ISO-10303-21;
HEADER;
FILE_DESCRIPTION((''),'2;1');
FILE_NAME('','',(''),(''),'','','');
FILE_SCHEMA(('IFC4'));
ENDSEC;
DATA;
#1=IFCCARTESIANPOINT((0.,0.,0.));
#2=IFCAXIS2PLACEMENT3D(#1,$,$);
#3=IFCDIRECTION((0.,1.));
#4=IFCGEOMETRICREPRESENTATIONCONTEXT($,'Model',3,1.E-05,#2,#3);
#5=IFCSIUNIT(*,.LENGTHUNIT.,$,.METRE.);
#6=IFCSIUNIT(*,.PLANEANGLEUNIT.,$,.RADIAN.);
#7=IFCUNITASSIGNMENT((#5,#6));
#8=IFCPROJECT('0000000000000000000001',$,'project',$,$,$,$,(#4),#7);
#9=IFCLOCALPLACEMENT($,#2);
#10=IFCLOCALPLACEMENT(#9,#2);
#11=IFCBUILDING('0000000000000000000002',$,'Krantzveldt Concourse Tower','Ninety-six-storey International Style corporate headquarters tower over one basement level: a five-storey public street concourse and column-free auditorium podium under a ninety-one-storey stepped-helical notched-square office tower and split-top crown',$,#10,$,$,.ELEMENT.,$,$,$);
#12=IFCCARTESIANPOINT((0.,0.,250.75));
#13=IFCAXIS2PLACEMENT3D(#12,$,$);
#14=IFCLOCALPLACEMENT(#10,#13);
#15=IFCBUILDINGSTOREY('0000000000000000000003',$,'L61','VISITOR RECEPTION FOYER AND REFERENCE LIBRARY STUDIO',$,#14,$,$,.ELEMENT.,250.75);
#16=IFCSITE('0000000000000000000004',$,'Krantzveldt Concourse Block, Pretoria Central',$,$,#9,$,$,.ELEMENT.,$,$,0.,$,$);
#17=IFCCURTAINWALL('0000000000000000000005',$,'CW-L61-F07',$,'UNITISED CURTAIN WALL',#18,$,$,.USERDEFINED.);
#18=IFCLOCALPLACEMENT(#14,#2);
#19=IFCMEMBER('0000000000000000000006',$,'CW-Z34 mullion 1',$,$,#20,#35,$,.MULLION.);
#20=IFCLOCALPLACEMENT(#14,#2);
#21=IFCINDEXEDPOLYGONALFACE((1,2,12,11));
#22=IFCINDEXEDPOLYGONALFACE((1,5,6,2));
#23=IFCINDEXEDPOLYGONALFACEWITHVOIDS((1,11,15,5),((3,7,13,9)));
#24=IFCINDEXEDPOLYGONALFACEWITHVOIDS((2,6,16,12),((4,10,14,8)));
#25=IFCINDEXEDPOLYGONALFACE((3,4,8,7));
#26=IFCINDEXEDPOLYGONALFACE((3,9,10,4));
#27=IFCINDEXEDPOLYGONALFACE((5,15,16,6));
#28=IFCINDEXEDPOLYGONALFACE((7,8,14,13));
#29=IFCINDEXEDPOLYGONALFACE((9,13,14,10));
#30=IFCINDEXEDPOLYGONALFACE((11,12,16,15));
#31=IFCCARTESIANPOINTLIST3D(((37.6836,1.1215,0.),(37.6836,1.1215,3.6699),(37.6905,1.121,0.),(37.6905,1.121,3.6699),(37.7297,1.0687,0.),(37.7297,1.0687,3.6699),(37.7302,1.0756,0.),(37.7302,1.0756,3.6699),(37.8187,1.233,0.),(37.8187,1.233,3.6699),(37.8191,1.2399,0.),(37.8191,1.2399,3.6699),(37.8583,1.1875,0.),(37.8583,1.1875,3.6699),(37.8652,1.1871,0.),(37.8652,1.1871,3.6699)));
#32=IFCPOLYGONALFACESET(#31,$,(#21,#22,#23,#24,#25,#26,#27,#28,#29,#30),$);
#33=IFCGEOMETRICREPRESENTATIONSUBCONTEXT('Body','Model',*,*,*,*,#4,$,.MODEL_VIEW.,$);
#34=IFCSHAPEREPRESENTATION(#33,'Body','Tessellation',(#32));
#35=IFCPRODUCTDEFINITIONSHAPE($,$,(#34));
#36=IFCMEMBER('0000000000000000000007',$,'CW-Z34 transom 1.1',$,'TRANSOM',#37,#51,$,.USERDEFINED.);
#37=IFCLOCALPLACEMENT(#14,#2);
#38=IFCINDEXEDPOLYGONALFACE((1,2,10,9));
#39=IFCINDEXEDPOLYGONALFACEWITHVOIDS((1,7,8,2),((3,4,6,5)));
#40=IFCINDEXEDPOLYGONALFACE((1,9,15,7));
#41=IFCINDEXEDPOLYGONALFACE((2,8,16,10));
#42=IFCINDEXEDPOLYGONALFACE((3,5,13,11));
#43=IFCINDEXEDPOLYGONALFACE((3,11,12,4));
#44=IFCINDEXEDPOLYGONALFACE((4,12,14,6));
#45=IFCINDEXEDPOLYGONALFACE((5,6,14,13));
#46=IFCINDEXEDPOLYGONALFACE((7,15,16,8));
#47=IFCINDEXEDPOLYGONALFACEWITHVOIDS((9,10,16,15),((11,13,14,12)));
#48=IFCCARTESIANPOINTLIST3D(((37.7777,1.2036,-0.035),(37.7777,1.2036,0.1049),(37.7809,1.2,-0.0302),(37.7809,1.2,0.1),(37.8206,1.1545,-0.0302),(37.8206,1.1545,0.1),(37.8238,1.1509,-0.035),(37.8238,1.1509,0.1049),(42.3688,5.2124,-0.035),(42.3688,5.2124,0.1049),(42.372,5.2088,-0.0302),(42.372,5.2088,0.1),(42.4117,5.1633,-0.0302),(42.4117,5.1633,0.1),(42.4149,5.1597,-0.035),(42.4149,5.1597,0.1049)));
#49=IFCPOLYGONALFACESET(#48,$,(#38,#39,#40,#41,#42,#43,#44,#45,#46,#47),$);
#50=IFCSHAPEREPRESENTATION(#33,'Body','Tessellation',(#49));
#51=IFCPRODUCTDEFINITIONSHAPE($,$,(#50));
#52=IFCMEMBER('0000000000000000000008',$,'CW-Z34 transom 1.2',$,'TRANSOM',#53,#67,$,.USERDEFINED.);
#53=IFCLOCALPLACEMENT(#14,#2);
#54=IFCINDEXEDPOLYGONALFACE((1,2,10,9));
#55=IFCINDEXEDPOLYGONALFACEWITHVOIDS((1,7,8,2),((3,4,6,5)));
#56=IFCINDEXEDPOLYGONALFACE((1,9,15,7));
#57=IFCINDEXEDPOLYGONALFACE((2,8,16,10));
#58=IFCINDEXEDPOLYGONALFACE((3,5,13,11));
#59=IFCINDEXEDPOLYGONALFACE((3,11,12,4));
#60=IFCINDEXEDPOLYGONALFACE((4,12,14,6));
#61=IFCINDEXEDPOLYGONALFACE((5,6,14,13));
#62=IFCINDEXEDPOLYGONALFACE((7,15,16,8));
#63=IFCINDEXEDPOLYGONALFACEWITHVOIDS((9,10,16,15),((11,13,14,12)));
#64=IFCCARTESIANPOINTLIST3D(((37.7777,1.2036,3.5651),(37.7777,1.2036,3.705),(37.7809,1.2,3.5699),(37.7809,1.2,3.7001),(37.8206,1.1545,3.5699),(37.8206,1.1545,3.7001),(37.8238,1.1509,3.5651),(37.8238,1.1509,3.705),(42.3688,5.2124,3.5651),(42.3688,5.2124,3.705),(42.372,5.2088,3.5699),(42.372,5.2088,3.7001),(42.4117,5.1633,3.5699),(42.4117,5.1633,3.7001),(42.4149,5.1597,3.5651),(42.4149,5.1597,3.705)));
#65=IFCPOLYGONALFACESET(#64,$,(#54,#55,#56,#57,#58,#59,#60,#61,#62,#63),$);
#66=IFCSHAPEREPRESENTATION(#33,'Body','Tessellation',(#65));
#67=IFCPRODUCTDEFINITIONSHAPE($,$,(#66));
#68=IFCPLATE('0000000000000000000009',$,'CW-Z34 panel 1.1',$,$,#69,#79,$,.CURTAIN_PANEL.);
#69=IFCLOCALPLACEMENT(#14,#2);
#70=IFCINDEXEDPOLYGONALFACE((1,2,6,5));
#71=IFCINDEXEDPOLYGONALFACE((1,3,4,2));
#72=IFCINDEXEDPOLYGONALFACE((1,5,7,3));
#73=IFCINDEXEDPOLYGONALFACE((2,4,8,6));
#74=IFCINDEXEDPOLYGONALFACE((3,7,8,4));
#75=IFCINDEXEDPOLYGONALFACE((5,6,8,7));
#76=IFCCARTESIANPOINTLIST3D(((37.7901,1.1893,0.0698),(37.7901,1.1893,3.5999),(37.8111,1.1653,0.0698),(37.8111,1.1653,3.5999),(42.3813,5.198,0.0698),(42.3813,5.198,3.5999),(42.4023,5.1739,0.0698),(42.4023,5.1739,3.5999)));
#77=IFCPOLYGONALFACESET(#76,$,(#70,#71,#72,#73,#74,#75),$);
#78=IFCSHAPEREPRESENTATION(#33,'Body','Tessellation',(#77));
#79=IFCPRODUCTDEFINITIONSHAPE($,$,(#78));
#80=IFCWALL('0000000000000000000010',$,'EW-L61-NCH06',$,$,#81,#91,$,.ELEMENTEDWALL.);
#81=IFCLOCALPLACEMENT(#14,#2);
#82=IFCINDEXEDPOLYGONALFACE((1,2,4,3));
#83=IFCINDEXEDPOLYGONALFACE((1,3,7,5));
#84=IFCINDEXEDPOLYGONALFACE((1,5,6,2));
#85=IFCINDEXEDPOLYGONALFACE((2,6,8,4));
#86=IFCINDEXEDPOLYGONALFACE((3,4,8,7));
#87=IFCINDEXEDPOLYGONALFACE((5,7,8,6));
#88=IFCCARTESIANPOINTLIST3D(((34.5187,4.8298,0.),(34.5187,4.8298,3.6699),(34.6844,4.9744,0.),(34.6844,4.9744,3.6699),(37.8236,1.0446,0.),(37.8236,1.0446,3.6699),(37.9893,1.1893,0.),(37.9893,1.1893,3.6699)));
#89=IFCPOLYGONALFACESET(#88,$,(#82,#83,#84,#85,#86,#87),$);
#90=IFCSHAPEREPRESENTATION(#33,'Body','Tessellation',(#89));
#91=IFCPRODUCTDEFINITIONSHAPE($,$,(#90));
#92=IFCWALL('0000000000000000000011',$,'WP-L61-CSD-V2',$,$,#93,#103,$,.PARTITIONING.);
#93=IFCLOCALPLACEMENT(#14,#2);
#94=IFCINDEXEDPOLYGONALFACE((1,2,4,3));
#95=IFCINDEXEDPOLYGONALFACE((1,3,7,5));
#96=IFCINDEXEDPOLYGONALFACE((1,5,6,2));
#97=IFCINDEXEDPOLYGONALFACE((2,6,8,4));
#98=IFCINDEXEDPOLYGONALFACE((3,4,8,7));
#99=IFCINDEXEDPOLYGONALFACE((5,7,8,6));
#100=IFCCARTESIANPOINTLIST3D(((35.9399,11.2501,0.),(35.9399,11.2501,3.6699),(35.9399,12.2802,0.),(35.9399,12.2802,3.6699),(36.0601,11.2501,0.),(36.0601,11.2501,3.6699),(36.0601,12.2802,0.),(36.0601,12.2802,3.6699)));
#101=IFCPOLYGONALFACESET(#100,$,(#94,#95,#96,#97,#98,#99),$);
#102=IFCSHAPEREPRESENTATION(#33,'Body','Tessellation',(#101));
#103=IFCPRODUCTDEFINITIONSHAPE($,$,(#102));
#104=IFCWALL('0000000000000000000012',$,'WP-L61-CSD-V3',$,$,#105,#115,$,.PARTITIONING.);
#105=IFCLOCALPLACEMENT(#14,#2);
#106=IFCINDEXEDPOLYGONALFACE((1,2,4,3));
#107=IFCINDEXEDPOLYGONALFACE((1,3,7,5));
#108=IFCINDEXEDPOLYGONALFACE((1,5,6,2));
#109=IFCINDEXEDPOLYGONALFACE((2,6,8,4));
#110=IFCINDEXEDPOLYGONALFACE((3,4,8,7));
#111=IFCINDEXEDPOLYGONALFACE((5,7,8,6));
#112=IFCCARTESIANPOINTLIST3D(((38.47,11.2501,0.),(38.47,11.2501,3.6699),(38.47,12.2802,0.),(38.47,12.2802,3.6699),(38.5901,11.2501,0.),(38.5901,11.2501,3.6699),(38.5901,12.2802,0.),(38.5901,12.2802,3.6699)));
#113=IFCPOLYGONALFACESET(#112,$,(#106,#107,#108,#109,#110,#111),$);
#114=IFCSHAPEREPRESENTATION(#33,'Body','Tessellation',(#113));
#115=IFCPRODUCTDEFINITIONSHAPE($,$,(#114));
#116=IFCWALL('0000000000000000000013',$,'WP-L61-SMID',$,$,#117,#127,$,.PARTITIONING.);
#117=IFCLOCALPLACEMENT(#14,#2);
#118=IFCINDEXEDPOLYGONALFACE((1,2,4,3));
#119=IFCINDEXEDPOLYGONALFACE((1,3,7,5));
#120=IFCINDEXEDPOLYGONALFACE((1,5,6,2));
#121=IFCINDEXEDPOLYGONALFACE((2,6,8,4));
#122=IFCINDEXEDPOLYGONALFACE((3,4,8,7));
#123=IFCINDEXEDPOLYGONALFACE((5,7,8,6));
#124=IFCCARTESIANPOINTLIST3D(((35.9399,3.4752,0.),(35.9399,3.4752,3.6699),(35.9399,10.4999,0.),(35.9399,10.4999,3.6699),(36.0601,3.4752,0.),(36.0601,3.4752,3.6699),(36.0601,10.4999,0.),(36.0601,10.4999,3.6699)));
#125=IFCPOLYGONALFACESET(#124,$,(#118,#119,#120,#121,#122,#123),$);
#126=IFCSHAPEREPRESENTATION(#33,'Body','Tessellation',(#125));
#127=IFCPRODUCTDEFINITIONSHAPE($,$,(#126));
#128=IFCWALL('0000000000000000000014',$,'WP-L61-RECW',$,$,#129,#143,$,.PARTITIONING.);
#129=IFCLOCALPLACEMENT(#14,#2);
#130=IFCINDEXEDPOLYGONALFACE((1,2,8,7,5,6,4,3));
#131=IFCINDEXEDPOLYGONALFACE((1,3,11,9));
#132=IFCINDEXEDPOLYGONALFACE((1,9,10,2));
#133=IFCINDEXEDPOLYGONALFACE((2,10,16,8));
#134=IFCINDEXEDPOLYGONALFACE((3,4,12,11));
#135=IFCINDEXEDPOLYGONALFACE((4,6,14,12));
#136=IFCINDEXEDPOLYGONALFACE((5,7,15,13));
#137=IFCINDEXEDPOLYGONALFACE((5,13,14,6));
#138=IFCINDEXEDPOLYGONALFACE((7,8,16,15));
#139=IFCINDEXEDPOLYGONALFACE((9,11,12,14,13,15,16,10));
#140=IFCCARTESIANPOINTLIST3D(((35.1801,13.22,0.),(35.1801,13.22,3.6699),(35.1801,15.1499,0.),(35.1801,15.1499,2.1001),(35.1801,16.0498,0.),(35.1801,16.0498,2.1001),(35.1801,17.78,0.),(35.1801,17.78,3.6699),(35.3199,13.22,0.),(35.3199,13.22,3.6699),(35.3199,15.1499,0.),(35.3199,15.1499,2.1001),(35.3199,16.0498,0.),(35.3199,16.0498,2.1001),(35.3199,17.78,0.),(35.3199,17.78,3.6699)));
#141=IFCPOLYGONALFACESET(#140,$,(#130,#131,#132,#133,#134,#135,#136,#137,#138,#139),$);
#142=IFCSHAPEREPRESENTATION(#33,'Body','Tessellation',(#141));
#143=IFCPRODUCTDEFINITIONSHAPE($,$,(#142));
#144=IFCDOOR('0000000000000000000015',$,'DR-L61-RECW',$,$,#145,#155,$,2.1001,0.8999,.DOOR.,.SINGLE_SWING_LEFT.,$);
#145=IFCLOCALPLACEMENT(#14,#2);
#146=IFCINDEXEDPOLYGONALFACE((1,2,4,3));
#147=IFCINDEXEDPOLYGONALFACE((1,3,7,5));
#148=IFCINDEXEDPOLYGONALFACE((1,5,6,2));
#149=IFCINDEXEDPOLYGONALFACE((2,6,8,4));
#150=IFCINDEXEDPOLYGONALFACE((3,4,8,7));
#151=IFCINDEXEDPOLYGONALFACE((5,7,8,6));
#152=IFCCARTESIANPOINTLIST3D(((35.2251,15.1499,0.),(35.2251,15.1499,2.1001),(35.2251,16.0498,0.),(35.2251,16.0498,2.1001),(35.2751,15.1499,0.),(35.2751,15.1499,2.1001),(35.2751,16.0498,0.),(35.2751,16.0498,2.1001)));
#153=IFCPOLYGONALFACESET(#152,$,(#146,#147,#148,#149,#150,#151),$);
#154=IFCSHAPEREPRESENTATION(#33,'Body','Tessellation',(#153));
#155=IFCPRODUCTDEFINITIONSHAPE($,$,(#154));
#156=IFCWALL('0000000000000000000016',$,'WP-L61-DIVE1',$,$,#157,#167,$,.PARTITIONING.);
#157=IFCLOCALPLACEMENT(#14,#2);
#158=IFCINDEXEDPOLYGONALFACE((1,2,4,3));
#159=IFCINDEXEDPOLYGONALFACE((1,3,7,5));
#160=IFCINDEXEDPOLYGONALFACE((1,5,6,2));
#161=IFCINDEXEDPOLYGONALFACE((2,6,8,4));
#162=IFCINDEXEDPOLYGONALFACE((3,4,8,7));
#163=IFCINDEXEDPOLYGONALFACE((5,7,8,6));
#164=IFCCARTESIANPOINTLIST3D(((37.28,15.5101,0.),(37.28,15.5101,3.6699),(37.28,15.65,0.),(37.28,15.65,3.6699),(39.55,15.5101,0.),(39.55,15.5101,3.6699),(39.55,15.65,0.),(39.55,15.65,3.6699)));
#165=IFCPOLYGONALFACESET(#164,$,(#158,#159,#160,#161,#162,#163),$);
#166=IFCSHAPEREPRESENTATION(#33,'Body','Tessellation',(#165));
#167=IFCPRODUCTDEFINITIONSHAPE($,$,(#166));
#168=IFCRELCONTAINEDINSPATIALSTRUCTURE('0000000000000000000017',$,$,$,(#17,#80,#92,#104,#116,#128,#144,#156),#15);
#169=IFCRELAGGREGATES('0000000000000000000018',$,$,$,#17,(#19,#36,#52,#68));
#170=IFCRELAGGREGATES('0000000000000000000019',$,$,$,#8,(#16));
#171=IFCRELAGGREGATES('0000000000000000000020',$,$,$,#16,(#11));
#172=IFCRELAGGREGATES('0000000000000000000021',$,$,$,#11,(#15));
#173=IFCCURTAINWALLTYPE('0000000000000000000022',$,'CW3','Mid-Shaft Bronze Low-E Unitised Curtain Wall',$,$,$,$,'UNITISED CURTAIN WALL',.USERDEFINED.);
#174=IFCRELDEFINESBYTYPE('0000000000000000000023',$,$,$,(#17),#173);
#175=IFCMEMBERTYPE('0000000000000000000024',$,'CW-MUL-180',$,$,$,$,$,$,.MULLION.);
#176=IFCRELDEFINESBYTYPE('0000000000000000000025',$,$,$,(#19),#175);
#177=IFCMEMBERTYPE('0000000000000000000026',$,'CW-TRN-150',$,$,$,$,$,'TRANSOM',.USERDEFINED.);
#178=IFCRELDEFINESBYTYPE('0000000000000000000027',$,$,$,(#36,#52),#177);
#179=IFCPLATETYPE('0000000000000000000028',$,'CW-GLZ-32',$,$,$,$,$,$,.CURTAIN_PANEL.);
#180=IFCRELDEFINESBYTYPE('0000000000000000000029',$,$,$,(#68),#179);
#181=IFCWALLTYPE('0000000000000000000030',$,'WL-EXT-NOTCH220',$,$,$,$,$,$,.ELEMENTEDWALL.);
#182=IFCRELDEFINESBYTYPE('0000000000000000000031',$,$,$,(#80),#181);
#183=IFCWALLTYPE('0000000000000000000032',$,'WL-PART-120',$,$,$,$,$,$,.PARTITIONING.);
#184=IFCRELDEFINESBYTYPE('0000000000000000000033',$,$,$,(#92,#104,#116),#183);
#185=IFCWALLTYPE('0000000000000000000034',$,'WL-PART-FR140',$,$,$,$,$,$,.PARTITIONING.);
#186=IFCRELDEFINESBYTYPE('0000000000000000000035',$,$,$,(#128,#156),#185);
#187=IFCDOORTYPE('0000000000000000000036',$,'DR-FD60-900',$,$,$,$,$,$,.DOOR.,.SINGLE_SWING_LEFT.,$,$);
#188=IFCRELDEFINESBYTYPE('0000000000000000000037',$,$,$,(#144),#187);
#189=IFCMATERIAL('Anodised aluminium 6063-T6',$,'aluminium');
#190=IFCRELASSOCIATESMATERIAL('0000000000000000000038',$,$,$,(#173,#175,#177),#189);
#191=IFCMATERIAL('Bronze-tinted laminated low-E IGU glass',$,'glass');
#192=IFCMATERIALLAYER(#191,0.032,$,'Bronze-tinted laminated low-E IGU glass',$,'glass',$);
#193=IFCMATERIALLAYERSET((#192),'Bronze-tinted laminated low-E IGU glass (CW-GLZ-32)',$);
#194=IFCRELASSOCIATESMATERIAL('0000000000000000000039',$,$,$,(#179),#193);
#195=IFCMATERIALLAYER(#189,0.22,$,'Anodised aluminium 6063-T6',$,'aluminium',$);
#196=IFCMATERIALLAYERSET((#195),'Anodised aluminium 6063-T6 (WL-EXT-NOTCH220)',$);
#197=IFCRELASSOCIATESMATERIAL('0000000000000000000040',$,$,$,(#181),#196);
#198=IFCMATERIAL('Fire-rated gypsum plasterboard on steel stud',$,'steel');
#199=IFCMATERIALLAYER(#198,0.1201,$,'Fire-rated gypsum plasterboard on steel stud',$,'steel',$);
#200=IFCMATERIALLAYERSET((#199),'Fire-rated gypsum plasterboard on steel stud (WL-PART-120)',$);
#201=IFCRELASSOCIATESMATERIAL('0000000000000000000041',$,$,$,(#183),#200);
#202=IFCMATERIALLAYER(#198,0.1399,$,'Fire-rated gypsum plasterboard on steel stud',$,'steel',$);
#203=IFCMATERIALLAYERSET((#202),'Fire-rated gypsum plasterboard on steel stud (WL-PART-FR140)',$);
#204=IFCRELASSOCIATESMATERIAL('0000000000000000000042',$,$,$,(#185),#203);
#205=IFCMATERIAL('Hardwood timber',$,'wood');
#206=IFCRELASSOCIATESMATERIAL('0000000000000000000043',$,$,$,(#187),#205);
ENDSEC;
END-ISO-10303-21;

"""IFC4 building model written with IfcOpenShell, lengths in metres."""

from ifc_helpers import new_model, si_unit, direction, frame, frame_2d, origin, origin_2d, place, context, subcontext, project, spatial, rectangle, hollow_rectangle, extrude, source, transform, mapped, material, layer, layer_set, material_profile, profile_set, type_object, type_shapes, element, fill, aggregate, save


model = new_model("IFC4")

# Units and contexts
model_context = context("Model", 3, precision=1e-05, world=origin(), true_north=direction((0.0, 1.0)))
body_context = subcontext(model_context, "Body", "Model", "MODEL_VIEW")
ifc_project = project(units=[si_unit("LENGTHUNIT", "METRE"), si_unit("PLANEANGLEUNIT", "RADIAN")], contexts=[model_context])

# Site, building, storey
site_placement = place(None, origin())
site = spatial("IfcSite", under=ifc_project, at=site_placement, Name="Krantzveldt Concourse Block, Pretoria Central", CompositionType="ELEMENT", RefElevation=0.0)
building_placement = place(site_placement, origin())
building = spatial("IfcBuilding", under=site, at=building_placement, Name="Krantzveldt Concourse Tower", Description="Ninety-six-storey International Style corporate headquarters tower over one basement level: a five-storey public street concourse and column-free auditorium podium under a ninety-one-storey stepped-helical notched-square office tower and split-top crown", CompositionType="ELEMENT")
storey_placement = place(building_placement, frame((0.0, 0.0, 250.75)))
storey = spatial("IfcBuildingStorey", under=building, at=storey_placement, Name="L61", Description="VISITOR RECEPTION FOYER AND REFERENCE LIBRARY STUDIO", CompositionType="ELEMENT", Elevation=250.75)

# Curtain wall, members, plate
ifc_material_1 = material(Name="Anodised aluminium 6063-T6", Category="aluminium")
curtain_wall_type = type_object("IfcCurtainWallType", Name="CW3", Description="Mid-Shaft Bronze Low-E Unitised Curtain Wall", ElementType="UNITISED CURTAIN WALL", PredefinedType="USERDEFINED", material=ifc_material_1)
curtain_wall_placement = place(storey_placement, origin())
curtain_wall = element("IfcCurtainWall", 1, at=curtain_wall_placement, inside=storey, type_object=curtain_wall_type, Name="CW-L61-F07", ObjectType="UNITISED CURTAIN WALL", PredefinedType="USERDEFINED")
ifc_material_profile_1 = material_profile(ifc_material_1, hollow_rectangle(XDim=0.0701, YDim=0.1799, WallThickness=0.0049, at=origin_2d()), Name="Anodised aluminium 6063-T6", Category="aluminium")
ifc_profile_set_1 = profile_set([ifc_material_profile_1], Name="Anodised aluminium 6063-T6 - ALU-MULL 180x70x5")
member_type_1 = type_object("IfcMemberType", Name="CW-MUL-180", PredefinedType="MULLION", material=ifc_profile_set_1)
shared_shape_1 = source(origin(), body_context, "Body", "SweptSolid", [
    extrude(hollow_rectangle(XDim=0.0701, YDim=0.1799, WallThickness=0.0049, at=origin_2d()), origin(), (0.0, 0.0, 1.0), 3.6699),
])
type_shapes(member_type_1, [shared_shape_1])
member_1_placement = place(storey_placement, frame((37.7744, 1.1543, 0.0), z_axis=(0.0, 0.0, 1.0), x_axis=(-0.657704, 0.753277, 0.0)))
member_1 = element("IfcMember", 2, at=member_1_placement, type_object=member_type_1, Name="CW-Z34 mullion 1", PredefinedType="MULLION", context=body_context, shape_type="MappedRepresentation", body=[
    mapped(shared_shape_1, transform((0.0, 0.0, 0.0), x_axis=(1.0, 0.0, 0.0), y_axis=(0.0, 1.0, 0.0), z_axis=(0.0, 0.0, 1.0), scale=1.0)),
])
ifc_material_profile_2 = material_profile(ifc_material_1, hollow_rectangle(XDim=0.0701, YDim=0.1399, WallThickness=0.0049, at=origin_2d()), Name="Anodised aluminium 6063-T6", Category="aluminium")
ifc_profile_set_2 = profile_set([ifc_material_profile_2], Name="Anodised aluminium 6063-T6 - ALU-TRAN 140x70x5")
member_type_2 = type_object("IfcMemberType", Name="CW-TRN-150", ElementType="TRANSOM", PredefinedType="USERDEFINED", material=ifc_profile_set_2)
shared_shape_2 = source(origin(), body_context, "Body", "SweptSolid", [
    extrude(hollow_rectangle(XDim=0.0701, YDim=0.1399, WallThickness=0.0049, at=origin_2d()), origin(), (0.0, 0.0, 1.0), 6.095),
])
type_shapes(member_type_2, [shared_shape_2])
member_2_placement = place(storey_placement, frame((37.8008, 1.1772, 0.0349), z_axis=(0.753259, 0.657724, 0.0), x_axis=(-0.657724, 0.753259, 0.0)))
member_2 = element("IfcMember", 3, at=member_2_placement, type_object=member_type_2, Name="CW-Z34 transom 1.1", ObjectType="TRANSOM", PredefinedType="USERDEFINED", context=body_context, shape_type="MappedRepresentation", body=[
    mapped(shared_shape_2, transform((0.0, 0.0, 0.0), x_axis=(1.0, 0.0, 0.0), y_axis=(0.0, 1.0, 0.0), z_axis=(0.0, 0.0, 1.0), scale=1.0)),
])
member_3_placement = place(storey_placement, frame((37.8008, 1.1772, 3.635), z_axis=(0.753259, 0.657724, 0.0), x_axis=(-0.657724, 0.753259, 0.0)))
member_3 = element("IfcMember", 4, at=member_3_placement, type_object=member_type_2, Name="CW-Z34 transom 1.2", ObjectType="TRANSOM", PredefinedType="USERDEFINED", context=body_context, shape_type="MappedRepresentation", body=[
    mapped(shared_shape_2, transform((0.0, 0.0, 0.0), x_axis=(1.0, 0.0, 0.0), y_axis=(0.0, 1.0, 0.0), z_axis=(0.0, 0.0, 1.0), scale=1.0)),
])
ifc_material_2 = material(Name="Bronze-tinted laminated low-E IGU glass", Category="glass")
ifc_layer_1 = layer(ifc_material_2, 0.032, Name="Bronze-tinted laminated low-E IGU glass", Category="glass")
ifc_layer_set_1 = layer_set([ifc_layer_1], Name="Bronze-tinted laminated low-E IGU glass (CW-GLZ-32)")
plate_type = type_object("IfcPlateType", Name="CW-GLZ-32", PredefinedType="CURTAIN_PANEL", material=ifc_layer_set_1)
shared_shape_3 = source(origin(), body_context, "Body", "SweptSolid", [
    extrude(rectangle(XDim=6.095, YDim=0.032, at=origin_2d()), origin(), (0.0, 0.0, 1.0), 3.53),
])
type_shapes(plate_type, [shared_shape_3])
plate_placement = place(storey_placement, frame((40.0962, 3.1816, 0.0698), z_axis=(0.0, 0.0, 1.0), x_axis=(0.753277, 0.657704, 0.0)))
plate = element("IfcPlate", 5, at=plate_placement, type_object=plate_type, Name="CW-Z34 panel 1.1", PredefinedType="CURTAIN_PANEL", context=body_context, shape_type="MappedRepresentation", body=[
    mapped(shared_shape_3, transform((0.0, 0.0, 0.0), x_axis=(1.0, 0.0, 0.0), y_axis=(0.0, 1.0, 0.0), z_axis=(0.0, 0.0, 1.0), scale=1.0)),
])
aggregate(curtain_wall, [member_1, member_2, member_3, plate])

# Walls
ifc_layer_2 = layer(ifc_material_1, 0.22, Name="Anodised aluminium 6063-T6", Category="aluminium")
ifc_layer_set_2 = layer_set([ifc_layer_2], Name="Anodised aluminium 6063-T6 (WL-EXT-NOTCH220)")
wall_type_1 = type_object("IfcWallType", Name="WL-EXT-NOTCH220", PredefinedType="ELEMENTEDWALL", material=ifc_layer_set_2)
wall_1_placement = place(storey_placement, frame((34.6016, 4.9021, 0.0), z_axis=(0.0, 0.0, 1.0), x_axis=(0.657706, -0.753275, 0.0)))
element("IfcWall", 6, at=wall_1_placement, inside=storey, type_object=wall_type_1, Name="EW-L61-NCH06", PredefinedType="ELEMENTEDWALL", context=body_context, shape_type="SweptSolid", body=[
    extrude(rectangle(XDim=5.0249, YDim=0.22, at=frame_2d((2.5125, 0.0))), origin(), (0.0, 0.0, 1.0), 3.6699),
])
ifc_material_3 = material(Name="Fire-rated gypsum plasterboard on steel stud", Category="steel")
ifc_layer_3 = layer(ifc_material_3, 0.1201, Name="Fire-rated gypsum plasterboard on steel stud", Category="steel")
ifc_layer_set_3 = layer_set([ifc_layer_3], Name="Fire-rated gypsum plasterboard on steel stud (WL-PART-120)")
wall_type_2 = type_object("IfcWallType", Name="WL-PART-120", PredefinedType="PARTITIONING", material=ifc_layer_set_3)
for number, where, z_axis, x_axis, name in (
    (7, (36.0, 11.25, 0.0), (0.0, 0.0, 1.0), (0.0, 1.0, 0.0), "WP-L61-CSD-V2"),
    (8, (38.53, 11.25, 0.0), (0.0, 0.0, 1.0), (0.0, 1.0, 0.0), "WP-L61-CSD-V3"),
):
    element("IfcWall", number, at=place(storey_placement, frame(where, z_axis=z_axis, x_axis=x_axis)), inside=storey, type_object=wall_type_2, Name=name, PredefinedType="PARTITIONING", context=body_context, shape_type="SweptSolid", body=[
        extrude(rectangle(XDim=1.03, YDim=0.1201, at=frame_2d((0.5151, 0.0))), origin(), (0.0, 0.0, 1.0), 3.6699),
    ])
wall_2_placement = place(storey_placement, frame((36.0, 3.4753, 0.0), z_axis=(0.0, 0.0, 1.0), x_axis=(0.0, 1.0, 0.0)))
element("IfcWall", 9, at=wall_2_placement, inside=storey, type_object=wall_type_2, Name="WP-L61-SMID", PredefinedType="PARTITIONING", context=body_context, shape_type="SweptSolid", body=[
    extrude(rectangle(XDim=7.0247, YDim=0.1201, at=frame_2d((3.5122, 0.0))), origin(), (0.0, 0.0, 1.0), 3.6699),
])

# Wall, opening, door
ifc_layer_4 = layer(ifc_material_3, 0.1399, Name="Fire-rated gypsum plasterboard on steel stud", Category="steel")
ifc_layer_set_4 = layer_set([ifc_layer_4], Name="Fire-rated gypsum plasterboard on steel stud (WL-PART-FR140)")
wall_type_3 = type_object("IfcWallType", Name="WL-PART-FR140", PredefinedType="PARTITIONING", material=ifc_layer_set_4)
wall_3_placement = place(storey_placement, frame((35.25, 13.22, 0.0), z_axis=(0.0, 0.0, 1.0), x_axis=(0.0, 1.0, 0.0)))
wall_3 = element("IfcWall", 10, at=wall_3_placement, inside=storey, type_object=wall_type_3, Name="WP-L61-RECW", PredefinedType="PARTITIONING", context=body_context, shape_type="SweptSolid", body=[
    extrude(rectangle(XDim=4.5601, YDim=0.1399, at=frame_2d((2.28, 0.0))), origin(), (0.0, 0.0, 1.0), 3.6699),
])
opening_1_placement = place(wall_3_placement, frame((1.9299, 0.0, 0.0)))
opening_1 = element("IfcOpeningElement", 11, at=opening_1_placement, cuts=wall_3, PredefinedType="OPENING", context=body_context, shape_type="SweptSolid", body=[
    extrude(rectangle(XDim=0.8999, YDim=2.1001, at=frame_2d((0.45, 1.05))), frame((0.0, 0.0801, 0.0), z_axis=(0.0, -1.0, 0.0), x_axis=(1.0, 0.0, 0.0)), (0.0, 0.0, 1.0), 0.1599),
])
ifc_material_4 = material(Name="Hardwood timber", Category="wood")
door_type_1 = type_object("IfcDoorType", Name="DR-FD60-900", OperationType="SINGLE_SWING_LEFT", PredefinedType="DOOR", material=ifc_material_4)
door_1_placement = place(opening_1_placement, origin())
door_1 = element("IfcDoor", 12, at=door_1_placement, inside=storey, type_object=door_type_1, Name="DR-L61-RECW", OperationType="SINGLE_SWING_LEFT", OverallHeight=2.1001, OverallWidth=0.8999, PredefinedType="DOOR", context=body_context, shape_type="SweptSolid", body=[
    extrude(rectangle(XDim=0.8999, YDim=2.1001, at=frame_2d((0.45, 1.05))), frame((0.0, 0.0249, 0.0), z_axis=(0.0, -1.0, 0.0), x_axis=(1.0, 0.0, 0.0)), (0.0, 0.0, 1.0), 0.05),
])
fill(opening_1, door_1)

# Wall
wall_4_placement = place(storey_placement, frame((37.28, 15.5801, 0.0), z_axis=(0.0, 0.0, 1.0), x_axis=(1.0, 0.0, 0.0)))
element("IfcWall", 13, at=wall_4_placement, inside=storey, type_object=wall_type_3, Name="WP-L61-DIVE1", PredefinedType="PARTITIONING", context=body_context, shape_type="SweptSolid", body=[
    extrude(rectangle(XDim=2.27, YDim=0.1399, at=frame_2d((1.135, 0.0))), origin(), (0.0, 0.0, 1.0), 3.6699),
])

save(model, "model.ifc")
